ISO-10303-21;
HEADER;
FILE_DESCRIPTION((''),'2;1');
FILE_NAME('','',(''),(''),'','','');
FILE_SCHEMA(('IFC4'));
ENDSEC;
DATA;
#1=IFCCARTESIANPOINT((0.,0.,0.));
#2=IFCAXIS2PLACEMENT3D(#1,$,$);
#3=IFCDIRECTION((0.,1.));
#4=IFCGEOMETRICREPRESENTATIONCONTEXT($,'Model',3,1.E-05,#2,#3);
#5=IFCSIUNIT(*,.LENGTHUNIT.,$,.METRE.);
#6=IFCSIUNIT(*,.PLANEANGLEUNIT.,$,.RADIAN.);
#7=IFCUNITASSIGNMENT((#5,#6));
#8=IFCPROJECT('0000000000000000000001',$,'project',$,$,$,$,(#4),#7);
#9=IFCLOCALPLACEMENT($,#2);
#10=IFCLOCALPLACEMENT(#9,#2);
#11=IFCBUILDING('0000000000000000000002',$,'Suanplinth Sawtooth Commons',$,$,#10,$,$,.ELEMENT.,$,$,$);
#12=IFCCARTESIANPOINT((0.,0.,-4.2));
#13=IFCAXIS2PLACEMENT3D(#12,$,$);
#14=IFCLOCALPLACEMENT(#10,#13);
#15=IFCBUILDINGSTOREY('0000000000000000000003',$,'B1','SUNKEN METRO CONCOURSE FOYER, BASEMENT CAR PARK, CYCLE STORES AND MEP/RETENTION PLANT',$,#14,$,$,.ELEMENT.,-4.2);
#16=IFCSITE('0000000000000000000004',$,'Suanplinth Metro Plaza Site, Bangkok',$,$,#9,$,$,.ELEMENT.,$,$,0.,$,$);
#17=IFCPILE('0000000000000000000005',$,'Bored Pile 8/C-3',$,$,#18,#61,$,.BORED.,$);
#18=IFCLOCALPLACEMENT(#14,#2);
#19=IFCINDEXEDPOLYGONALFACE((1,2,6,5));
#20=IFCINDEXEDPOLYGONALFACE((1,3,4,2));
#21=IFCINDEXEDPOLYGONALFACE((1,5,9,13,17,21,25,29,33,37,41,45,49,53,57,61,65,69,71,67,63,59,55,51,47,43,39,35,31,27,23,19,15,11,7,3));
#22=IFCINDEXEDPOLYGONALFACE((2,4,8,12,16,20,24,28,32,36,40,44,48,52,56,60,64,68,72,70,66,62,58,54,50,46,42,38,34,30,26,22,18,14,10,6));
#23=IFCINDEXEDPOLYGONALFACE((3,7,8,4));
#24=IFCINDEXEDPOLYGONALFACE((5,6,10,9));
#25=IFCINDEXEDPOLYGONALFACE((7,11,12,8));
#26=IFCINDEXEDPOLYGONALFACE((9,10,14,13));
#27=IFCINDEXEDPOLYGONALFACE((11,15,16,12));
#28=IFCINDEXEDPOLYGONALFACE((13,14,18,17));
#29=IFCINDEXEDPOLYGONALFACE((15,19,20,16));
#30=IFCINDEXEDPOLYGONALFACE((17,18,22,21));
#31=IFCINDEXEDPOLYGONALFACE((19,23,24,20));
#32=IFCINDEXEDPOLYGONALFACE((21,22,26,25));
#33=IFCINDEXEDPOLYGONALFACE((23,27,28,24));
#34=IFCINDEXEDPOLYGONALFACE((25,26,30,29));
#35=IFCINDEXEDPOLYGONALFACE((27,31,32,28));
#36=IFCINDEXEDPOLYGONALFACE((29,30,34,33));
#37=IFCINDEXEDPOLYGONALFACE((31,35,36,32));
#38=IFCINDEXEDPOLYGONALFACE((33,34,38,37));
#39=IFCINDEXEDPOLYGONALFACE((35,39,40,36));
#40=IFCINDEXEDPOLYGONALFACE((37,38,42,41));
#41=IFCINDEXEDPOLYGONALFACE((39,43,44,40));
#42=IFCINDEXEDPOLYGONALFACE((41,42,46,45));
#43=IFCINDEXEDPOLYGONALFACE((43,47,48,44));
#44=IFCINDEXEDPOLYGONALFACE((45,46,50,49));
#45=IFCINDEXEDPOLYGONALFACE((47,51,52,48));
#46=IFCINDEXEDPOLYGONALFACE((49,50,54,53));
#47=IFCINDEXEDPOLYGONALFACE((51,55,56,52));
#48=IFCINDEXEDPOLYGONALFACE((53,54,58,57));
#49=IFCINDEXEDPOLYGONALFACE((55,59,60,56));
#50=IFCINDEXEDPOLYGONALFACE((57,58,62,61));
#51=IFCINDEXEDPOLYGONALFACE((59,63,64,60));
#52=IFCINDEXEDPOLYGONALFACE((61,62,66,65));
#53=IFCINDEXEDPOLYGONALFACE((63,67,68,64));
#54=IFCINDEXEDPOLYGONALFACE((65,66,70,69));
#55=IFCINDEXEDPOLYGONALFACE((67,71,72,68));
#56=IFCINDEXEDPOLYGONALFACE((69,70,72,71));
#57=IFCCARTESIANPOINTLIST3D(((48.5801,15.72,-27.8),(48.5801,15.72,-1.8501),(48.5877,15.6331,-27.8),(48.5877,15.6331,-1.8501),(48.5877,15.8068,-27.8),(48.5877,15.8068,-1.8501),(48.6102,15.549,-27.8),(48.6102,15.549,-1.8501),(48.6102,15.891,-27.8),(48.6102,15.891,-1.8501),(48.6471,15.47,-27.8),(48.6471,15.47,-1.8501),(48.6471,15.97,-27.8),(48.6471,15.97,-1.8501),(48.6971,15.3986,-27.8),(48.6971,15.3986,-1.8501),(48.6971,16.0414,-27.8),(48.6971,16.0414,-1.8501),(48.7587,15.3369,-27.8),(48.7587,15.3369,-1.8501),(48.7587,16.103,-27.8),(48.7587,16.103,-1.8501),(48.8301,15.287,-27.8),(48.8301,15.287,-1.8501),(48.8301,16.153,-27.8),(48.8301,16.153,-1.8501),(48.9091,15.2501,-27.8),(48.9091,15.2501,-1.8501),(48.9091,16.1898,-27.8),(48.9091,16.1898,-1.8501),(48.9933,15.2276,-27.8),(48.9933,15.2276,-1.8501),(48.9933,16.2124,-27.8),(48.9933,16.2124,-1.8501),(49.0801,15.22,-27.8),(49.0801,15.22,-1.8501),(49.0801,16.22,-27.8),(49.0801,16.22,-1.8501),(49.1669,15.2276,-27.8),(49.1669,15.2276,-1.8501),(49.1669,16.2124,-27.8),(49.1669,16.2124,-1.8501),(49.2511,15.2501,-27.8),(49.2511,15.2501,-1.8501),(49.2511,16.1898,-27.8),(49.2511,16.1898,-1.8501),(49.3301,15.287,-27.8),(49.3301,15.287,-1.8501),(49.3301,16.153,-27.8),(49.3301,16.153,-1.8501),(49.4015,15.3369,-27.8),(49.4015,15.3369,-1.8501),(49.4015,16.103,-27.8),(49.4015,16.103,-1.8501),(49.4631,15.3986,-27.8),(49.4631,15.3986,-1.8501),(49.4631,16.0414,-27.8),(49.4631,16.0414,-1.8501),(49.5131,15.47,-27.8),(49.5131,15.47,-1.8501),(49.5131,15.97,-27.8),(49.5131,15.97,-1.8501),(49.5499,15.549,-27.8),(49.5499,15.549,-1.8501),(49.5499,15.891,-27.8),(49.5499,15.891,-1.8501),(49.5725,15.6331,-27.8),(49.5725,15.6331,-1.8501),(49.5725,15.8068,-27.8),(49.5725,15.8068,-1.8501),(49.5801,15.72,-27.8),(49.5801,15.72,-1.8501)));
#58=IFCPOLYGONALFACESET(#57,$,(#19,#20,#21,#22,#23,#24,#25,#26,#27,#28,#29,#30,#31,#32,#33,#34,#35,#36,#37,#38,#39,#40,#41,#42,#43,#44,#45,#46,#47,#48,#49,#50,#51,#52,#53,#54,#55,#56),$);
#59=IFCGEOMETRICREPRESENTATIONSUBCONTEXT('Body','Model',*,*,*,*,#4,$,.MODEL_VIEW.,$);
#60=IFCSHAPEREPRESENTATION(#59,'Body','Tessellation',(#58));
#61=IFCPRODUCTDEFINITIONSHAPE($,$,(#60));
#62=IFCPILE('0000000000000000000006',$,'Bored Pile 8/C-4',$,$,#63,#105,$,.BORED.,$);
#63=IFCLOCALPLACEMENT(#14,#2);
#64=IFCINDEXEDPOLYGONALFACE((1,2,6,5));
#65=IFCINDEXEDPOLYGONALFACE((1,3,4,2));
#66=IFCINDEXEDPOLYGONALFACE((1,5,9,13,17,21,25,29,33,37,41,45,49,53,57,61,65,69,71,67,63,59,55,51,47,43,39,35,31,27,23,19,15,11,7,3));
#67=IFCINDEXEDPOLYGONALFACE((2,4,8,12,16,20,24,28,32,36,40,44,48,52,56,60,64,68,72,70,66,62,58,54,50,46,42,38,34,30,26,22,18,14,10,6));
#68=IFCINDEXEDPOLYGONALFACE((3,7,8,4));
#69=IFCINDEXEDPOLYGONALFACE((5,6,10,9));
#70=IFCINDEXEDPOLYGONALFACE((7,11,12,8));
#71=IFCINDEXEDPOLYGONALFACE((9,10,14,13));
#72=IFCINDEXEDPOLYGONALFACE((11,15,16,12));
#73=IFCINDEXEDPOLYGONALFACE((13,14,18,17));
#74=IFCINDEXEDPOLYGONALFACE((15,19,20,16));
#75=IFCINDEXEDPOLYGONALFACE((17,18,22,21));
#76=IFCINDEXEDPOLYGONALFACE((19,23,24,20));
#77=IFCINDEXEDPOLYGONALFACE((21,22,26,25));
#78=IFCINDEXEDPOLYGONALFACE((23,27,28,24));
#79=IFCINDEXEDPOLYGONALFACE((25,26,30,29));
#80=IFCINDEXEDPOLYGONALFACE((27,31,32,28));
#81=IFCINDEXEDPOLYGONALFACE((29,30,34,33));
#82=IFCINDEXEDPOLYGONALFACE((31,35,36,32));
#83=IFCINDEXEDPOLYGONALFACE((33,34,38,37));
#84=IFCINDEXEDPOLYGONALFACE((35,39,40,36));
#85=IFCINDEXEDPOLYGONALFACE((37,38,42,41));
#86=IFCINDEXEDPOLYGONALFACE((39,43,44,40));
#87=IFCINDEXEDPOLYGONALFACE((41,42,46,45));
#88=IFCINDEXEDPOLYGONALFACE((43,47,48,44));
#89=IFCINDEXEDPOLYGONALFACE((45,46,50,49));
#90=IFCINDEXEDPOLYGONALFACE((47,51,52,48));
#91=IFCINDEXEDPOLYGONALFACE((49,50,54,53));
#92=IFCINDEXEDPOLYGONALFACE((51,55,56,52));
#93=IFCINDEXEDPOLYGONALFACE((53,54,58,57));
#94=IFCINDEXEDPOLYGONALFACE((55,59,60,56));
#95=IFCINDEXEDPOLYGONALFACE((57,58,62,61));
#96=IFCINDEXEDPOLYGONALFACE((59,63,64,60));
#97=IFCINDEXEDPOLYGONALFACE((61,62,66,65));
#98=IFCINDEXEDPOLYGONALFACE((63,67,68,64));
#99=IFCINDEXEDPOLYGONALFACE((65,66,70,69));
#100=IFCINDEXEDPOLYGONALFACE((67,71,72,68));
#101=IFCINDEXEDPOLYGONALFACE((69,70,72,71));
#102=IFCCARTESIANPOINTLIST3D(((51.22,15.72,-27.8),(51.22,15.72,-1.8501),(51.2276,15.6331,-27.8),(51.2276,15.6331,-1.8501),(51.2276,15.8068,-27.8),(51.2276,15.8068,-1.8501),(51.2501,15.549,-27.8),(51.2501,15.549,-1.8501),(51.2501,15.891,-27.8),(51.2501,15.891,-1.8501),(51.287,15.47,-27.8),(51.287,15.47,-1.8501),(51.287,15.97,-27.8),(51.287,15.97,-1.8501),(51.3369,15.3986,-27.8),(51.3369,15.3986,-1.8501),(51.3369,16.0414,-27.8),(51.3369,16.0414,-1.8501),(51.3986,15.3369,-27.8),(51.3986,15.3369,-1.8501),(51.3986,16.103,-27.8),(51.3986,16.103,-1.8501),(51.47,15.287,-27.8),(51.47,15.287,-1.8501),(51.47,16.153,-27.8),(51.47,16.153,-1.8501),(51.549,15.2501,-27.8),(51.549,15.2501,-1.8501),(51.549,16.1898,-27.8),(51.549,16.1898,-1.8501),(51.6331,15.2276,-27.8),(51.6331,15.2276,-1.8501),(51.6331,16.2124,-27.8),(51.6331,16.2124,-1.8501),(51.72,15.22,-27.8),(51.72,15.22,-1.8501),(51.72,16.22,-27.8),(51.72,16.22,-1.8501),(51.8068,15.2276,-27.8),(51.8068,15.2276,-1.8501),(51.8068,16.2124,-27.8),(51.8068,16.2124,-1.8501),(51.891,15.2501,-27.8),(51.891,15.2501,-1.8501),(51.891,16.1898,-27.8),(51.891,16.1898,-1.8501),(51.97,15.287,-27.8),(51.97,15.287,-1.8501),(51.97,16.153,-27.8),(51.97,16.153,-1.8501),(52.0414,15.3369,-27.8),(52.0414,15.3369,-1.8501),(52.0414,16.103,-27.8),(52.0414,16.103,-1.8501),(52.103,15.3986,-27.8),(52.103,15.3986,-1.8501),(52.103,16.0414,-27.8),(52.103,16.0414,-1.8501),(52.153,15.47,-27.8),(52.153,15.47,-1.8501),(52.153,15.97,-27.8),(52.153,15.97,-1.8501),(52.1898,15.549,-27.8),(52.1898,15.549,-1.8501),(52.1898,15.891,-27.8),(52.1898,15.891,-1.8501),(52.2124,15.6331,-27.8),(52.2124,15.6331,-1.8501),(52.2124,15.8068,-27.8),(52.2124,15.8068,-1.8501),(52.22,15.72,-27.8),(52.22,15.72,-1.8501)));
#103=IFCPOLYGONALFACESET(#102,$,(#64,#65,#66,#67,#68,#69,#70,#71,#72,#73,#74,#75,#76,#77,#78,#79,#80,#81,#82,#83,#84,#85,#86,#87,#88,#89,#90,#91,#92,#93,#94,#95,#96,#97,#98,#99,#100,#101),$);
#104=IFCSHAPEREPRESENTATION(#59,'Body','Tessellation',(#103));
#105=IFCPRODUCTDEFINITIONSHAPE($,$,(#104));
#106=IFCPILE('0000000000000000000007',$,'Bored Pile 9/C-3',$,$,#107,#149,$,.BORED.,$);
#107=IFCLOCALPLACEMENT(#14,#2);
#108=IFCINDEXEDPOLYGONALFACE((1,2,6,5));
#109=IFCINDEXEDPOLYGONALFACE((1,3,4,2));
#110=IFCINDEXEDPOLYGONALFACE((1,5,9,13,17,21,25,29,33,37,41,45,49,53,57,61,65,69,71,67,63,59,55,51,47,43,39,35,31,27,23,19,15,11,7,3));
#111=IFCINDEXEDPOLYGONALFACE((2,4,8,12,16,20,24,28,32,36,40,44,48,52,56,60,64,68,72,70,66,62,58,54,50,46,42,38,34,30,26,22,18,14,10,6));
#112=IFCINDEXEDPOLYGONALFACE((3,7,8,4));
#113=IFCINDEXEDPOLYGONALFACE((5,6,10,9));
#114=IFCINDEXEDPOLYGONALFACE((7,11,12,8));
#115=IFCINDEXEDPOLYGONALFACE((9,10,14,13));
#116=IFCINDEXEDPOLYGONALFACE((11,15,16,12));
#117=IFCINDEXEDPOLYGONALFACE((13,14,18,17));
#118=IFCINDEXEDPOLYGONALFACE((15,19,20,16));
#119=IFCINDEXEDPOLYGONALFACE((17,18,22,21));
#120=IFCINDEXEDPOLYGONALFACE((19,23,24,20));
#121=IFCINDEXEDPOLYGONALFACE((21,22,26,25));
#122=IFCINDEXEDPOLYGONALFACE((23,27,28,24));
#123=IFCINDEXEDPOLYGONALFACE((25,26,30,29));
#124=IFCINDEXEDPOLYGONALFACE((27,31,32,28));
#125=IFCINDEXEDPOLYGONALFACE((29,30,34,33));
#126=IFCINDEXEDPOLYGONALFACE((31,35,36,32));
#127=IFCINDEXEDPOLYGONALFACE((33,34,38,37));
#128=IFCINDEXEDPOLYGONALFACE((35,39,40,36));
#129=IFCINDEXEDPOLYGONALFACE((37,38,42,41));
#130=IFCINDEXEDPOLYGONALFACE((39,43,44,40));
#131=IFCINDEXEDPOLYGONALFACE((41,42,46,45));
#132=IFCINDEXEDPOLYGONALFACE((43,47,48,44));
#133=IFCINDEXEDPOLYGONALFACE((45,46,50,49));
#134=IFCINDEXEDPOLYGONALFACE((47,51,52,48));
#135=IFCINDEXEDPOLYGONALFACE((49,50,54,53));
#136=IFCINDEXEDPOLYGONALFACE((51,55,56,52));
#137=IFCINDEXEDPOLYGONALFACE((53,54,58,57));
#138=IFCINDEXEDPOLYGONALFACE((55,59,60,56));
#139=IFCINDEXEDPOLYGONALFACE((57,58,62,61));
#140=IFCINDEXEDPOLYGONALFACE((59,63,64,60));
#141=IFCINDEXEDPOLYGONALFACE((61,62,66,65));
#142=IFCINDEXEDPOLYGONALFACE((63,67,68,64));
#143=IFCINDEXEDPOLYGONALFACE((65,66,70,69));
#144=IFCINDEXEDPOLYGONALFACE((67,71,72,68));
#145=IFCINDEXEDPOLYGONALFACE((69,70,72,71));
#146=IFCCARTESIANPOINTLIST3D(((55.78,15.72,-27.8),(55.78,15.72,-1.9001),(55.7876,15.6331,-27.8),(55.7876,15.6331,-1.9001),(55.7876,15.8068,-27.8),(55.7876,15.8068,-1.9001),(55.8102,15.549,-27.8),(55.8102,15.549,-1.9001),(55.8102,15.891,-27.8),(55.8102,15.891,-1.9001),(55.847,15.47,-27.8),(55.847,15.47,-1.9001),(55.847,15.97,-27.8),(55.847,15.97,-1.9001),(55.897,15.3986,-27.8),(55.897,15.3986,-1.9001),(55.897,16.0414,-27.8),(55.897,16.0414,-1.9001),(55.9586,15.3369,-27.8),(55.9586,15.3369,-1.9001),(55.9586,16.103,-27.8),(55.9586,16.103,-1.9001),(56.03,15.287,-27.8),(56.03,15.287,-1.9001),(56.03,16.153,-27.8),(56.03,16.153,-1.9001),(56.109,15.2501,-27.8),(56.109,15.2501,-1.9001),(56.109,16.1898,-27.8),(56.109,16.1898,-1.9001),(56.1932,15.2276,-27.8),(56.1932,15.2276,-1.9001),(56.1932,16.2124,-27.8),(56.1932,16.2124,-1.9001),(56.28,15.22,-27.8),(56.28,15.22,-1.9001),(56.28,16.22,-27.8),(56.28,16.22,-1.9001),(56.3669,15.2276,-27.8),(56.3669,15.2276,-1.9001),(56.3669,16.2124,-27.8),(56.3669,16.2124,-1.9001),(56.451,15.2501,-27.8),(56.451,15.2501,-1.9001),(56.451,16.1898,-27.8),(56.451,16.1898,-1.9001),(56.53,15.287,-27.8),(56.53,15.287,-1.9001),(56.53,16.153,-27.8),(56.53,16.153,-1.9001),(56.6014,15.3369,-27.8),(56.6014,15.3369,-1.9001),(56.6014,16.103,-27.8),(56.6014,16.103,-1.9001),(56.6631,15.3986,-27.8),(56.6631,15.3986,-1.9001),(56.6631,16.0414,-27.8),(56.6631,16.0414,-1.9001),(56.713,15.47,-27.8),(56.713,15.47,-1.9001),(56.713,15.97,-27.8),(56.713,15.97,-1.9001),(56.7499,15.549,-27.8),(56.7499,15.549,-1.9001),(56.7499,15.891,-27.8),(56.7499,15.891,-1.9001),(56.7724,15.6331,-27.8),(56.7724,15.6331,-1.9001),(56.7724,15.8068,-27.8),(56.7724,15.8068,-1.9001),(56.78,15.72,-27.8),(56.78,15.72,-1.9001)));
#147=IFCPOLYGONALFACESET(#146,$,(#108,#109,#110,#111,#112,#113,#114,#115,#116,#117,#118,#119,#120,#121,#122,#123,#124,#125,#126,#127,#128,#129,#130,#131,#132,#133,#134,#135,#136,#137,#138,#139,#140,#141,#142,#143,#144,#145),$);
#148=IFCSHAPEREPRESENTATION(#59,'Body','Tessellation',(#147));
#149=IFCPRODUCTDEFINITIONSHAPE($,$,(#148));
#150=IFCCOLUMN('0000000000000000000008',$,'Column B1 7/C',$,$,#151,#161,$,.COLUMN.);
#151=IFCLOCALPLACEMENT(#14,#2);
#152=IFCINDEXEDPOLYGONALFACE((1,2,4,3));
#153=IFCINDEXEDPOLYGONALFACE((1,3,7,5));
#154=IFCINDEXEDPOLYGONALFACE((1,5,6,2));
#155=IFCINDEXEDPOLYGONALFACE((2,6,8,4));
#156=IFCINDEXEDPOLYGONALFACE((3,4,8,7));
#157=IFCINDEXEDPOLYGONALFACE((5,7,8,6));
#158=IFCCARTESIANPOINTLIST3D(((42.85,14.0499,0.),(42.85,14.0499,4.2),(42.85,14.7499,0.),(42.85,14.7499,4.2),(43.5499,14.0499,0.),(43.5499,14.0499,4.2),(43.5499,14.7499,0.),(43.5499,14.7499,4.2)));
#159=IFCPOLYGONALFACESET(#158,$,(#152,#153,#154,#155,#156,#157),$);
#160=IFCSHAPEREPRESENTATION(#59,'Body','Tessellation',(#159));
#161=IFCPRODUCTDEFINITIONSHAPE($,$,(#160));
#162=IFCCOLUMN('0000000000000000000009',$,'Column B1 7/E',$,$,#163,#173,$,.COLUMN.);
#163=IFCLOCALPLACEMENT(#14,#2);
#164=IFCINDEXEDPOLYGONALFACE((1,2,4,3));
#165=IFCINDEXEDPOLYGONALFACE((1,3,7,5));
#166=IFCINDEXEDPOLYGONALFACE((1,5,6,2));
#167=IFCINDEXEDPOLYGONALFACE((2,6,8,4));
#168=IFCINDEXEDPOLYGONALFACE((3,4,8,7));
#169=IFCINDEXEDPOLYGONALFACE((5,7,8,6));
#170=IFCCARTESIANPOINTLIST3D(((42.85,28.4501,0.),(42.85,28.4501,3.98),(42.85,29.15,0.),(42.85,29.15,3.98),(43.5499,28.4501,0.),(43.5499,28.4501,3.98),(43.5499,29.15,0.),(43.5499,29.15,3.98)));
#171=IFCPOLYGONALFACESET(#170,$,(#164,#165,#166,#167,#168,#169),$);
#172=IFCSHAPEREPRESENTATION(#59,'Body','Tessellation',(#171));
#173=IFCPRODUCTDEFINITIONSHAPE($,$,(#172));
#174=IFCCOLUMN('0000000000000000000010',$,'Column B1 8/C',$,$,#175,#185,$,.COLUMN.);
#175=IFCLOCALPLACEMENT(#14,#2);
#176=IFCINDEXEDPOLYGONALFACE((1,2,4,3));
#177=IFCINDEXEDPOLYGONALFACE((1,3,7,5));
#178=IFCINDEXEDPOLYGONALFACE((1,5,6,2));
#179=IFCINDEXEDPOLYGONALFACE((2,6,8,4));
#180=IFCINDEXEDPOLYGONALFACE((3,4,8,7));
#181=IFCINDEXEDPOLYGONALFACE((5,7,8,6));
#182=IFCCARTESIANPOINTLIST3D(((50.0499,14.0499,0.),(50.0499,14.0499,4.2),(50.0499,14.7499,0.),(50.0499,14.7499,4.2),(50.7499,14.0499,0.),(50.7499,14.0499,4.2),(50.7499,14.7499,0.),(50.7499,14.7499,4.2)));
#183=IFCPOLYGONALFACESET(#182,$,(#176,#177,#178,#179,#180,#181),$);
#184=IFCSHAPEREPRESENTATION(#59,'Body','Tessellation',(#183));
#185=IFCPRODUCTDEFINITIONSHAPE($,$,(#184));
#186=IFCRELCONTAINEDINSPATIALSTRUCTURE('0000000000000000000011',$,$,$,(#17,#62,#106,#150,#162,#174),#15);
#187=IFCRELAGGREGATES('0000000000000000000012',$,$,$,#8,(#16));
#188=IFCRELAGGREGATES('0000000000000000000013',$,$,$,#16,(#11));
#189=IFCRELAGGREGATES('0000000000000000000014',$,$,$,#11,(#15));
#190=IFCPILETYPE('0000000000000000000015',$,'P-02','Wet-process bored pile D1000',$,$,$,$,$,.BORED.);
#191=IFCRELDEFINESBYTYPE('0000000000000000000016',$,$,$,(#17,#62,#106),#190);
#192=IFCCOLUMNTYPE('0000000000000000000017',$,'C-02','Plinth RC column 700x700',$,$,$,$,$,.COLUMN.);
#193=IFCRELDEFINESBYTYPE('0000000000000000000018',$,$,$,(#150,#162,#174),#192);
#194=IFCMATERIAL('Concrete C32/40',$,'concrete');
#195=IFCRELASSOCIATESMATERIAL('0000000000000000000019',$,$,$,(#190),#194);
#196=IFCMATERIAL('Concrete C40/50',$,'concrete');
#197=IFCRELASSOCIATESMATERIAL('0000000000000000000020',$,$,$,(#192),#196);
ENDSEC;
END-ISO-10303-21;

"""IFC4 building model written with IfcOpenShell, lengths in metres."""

from ifc_helpers import new_model, si_unit, direction, frame, origin, origin_2d, place, context, subcontext, project, spatial, rectangle, circle, extrude, material, material_profile, profile_set, type_object, element, save


model = new_model("IFC4")

# Units and contexts
model_context = context("Model", 3, precision=1e-05, world=origin(), true_north=direction((0.0, 1.0)))
body_context = subcontext(model_context, "Body", "Model", "MODEL_VIEW")
ifc_project = project(units=[si_unit("LENGTHUNIT", "METRE"), si_unit("PLANEANGLEUNIT", "RADIAN")], contexts=[model_context])

# Site, building, storey
site_placement = place(None, origin())
site = spatial("IfcSite", under=ifc_project, at=site_placement, Name="Suanplinth Metro Plaza Site, Bangkok", CompositionType="ELEMENT", RefElevation=0.0)
building_placement = place(site_placement, origin())
building = spatial("IfcBuilding", under=site, at=building_placement, Name="Suanplinth Sawtooth Commons", CompositionType="ELEMENT")
storey_placement = place(building_placement, frame((0.0, 0.0, -4.2)))
storey = spatial("IfcBuildingStorey", under=building, at=storey_placement, Name="B1", Description="SUNKEN METRO CONCOURSE FOYER, BASEMENT CAR PARK, CYCLE STORES AND MEP/RETENTION PLANT", CompositionType="ELEMENT", Elevation=-4.2)

# Piles
ifc_material_1 = material(Name="Concrete C32/40", Category="concrete")
ifc_material_profile_1 = material_profile(ifc_material_1, circle(Radius=0.5, at=origin_2d()), Name="PILE D1000")
ifc_profile_set_1 = profile_set([ifc_material_profile_1], Name="Concrete C32/40")
pile_type_1 = type_object("IfcPileType", Name="P-02", Description="Wet-process bored pile D1000", PredefinedType="BORED", material=ifc_profile_set_1)
for number, where, z_axis, x_axis, name in (
    (1, (49.0801, 15.72, -1.8501), (0.0, 0.0, -1.0), (1.0, 0.0, 0.0), "Bored Pile 8/C-3"),
    (2, (51.72, 15.72, -1.8501), (0.0, 0.0, -1.0), (1.0, 0.0, 0.0), "Bored Pile 8/C-4"),
):
    element("IfcPile", number, at=place(storey_placement, frame(where, z_axis=z_axis, x_axis=x_axis)), inside=storey, type_object=pile_type_1, Name=name, PredefinedType="BORED", context=body_context, shape_type="SweptSolid", body=[
        extrude(circle(Radius=0.5, at=origin_2d()), origin(), (0.0, 0.0, 1.0), 25.95),
    ])
pile_1_placement = place(storey_placement, frame((56.28, 15.72, -1.9001), z_axis=(0.0, 0.0, -1.0), x_axis=(1.0, 0.0, 0.0)))
element("IfcPile", 3, at=pile_1_placement, inside=storey, type_object=pile_type_1, Name="Bored Pile 9/C-3", PredefinedType="BORED", context=body_context, shape_type="SweptSolid", body=[
    extrude(circle(Radius=0.5, at=origin_2d()), origin(), (0.0, 0.0, 1.0), 25.8999),
])

# Columns
ifc_material_2 = material(Name="Concrete C40/50", Category="concrete")
ifc_material_profile_2 = material_profile(ifc_material_2, rectangle(XDim=0.7, YDim=0.7, at=origin_2d()), Name="RC-COL 700x700")
ifc_profile_set_2 = profile_set([ifc_material_profile_2], Name="Concrete C40/50")
column_type = type_object("IfcColumnType", Name="C-02", Description="Plinth RC column 700x700", PredefinedType="COLUMN", material=ifc_profile_set_2)
column_1_placement = place(storey_placement, frame((43.2, 14.3999, 0.0), z_axis=(0.0, 0.0, 1.0), x_axis=(1.0, 0.0, 0.0)))
element("IfcColumn", 4, at=column_1_placement, inside=storey, type_object=column_type, Name="Column B1 7/C", PredefinedType="COLUMN", context=body_context, shape_type="SweptSolid", body=[
    extrude(rectangle(XDim=0.7, YDim=0.7, at=origin_2d()), origin(), (0.0, 0.0, 1.0), 4.2),
])
column_2_placement = place(storey_placement, frame((43.2, 28.8, 0.0), z_axis=(0.0, 0.0, 1.0), x_axis=(1.0, 0.0, 0.0)))
element("IfcColumn", 5, at=column_2_placement, inside=storey, type_object=column_type, Name="Column B1 7/E", PredefinedType="COLUMN", context=body_context, shape_type="SweptSolid", body=[
    extrude(rectangle(XDim=0.7, YDim=0.7, at=origin_2d()), origin(), (0.0, 0.0, 1.0), 3.98),
])
column_3_placement = place(storey_placement, frame((50.3999, 14.3999, 0.0), z_axis=(0.0, 0.0, 1.0), x_axis=(1.0, 0.0, 0.0)))
element("IfcColumn", 6, at=column_3_placement, inside=storey, type_object=column_type, Name="Column B1 8/C", PredefinedType="COLUMN", context=body_context, shape_type="SweptSolid", body=[
    extrude(rectangle(XDim=0.7, YDim=0.7, at=origin_2d()), origin(), (0.0, 0.0, 1.0), 4.2),
])

save(model, "model.ifc")
